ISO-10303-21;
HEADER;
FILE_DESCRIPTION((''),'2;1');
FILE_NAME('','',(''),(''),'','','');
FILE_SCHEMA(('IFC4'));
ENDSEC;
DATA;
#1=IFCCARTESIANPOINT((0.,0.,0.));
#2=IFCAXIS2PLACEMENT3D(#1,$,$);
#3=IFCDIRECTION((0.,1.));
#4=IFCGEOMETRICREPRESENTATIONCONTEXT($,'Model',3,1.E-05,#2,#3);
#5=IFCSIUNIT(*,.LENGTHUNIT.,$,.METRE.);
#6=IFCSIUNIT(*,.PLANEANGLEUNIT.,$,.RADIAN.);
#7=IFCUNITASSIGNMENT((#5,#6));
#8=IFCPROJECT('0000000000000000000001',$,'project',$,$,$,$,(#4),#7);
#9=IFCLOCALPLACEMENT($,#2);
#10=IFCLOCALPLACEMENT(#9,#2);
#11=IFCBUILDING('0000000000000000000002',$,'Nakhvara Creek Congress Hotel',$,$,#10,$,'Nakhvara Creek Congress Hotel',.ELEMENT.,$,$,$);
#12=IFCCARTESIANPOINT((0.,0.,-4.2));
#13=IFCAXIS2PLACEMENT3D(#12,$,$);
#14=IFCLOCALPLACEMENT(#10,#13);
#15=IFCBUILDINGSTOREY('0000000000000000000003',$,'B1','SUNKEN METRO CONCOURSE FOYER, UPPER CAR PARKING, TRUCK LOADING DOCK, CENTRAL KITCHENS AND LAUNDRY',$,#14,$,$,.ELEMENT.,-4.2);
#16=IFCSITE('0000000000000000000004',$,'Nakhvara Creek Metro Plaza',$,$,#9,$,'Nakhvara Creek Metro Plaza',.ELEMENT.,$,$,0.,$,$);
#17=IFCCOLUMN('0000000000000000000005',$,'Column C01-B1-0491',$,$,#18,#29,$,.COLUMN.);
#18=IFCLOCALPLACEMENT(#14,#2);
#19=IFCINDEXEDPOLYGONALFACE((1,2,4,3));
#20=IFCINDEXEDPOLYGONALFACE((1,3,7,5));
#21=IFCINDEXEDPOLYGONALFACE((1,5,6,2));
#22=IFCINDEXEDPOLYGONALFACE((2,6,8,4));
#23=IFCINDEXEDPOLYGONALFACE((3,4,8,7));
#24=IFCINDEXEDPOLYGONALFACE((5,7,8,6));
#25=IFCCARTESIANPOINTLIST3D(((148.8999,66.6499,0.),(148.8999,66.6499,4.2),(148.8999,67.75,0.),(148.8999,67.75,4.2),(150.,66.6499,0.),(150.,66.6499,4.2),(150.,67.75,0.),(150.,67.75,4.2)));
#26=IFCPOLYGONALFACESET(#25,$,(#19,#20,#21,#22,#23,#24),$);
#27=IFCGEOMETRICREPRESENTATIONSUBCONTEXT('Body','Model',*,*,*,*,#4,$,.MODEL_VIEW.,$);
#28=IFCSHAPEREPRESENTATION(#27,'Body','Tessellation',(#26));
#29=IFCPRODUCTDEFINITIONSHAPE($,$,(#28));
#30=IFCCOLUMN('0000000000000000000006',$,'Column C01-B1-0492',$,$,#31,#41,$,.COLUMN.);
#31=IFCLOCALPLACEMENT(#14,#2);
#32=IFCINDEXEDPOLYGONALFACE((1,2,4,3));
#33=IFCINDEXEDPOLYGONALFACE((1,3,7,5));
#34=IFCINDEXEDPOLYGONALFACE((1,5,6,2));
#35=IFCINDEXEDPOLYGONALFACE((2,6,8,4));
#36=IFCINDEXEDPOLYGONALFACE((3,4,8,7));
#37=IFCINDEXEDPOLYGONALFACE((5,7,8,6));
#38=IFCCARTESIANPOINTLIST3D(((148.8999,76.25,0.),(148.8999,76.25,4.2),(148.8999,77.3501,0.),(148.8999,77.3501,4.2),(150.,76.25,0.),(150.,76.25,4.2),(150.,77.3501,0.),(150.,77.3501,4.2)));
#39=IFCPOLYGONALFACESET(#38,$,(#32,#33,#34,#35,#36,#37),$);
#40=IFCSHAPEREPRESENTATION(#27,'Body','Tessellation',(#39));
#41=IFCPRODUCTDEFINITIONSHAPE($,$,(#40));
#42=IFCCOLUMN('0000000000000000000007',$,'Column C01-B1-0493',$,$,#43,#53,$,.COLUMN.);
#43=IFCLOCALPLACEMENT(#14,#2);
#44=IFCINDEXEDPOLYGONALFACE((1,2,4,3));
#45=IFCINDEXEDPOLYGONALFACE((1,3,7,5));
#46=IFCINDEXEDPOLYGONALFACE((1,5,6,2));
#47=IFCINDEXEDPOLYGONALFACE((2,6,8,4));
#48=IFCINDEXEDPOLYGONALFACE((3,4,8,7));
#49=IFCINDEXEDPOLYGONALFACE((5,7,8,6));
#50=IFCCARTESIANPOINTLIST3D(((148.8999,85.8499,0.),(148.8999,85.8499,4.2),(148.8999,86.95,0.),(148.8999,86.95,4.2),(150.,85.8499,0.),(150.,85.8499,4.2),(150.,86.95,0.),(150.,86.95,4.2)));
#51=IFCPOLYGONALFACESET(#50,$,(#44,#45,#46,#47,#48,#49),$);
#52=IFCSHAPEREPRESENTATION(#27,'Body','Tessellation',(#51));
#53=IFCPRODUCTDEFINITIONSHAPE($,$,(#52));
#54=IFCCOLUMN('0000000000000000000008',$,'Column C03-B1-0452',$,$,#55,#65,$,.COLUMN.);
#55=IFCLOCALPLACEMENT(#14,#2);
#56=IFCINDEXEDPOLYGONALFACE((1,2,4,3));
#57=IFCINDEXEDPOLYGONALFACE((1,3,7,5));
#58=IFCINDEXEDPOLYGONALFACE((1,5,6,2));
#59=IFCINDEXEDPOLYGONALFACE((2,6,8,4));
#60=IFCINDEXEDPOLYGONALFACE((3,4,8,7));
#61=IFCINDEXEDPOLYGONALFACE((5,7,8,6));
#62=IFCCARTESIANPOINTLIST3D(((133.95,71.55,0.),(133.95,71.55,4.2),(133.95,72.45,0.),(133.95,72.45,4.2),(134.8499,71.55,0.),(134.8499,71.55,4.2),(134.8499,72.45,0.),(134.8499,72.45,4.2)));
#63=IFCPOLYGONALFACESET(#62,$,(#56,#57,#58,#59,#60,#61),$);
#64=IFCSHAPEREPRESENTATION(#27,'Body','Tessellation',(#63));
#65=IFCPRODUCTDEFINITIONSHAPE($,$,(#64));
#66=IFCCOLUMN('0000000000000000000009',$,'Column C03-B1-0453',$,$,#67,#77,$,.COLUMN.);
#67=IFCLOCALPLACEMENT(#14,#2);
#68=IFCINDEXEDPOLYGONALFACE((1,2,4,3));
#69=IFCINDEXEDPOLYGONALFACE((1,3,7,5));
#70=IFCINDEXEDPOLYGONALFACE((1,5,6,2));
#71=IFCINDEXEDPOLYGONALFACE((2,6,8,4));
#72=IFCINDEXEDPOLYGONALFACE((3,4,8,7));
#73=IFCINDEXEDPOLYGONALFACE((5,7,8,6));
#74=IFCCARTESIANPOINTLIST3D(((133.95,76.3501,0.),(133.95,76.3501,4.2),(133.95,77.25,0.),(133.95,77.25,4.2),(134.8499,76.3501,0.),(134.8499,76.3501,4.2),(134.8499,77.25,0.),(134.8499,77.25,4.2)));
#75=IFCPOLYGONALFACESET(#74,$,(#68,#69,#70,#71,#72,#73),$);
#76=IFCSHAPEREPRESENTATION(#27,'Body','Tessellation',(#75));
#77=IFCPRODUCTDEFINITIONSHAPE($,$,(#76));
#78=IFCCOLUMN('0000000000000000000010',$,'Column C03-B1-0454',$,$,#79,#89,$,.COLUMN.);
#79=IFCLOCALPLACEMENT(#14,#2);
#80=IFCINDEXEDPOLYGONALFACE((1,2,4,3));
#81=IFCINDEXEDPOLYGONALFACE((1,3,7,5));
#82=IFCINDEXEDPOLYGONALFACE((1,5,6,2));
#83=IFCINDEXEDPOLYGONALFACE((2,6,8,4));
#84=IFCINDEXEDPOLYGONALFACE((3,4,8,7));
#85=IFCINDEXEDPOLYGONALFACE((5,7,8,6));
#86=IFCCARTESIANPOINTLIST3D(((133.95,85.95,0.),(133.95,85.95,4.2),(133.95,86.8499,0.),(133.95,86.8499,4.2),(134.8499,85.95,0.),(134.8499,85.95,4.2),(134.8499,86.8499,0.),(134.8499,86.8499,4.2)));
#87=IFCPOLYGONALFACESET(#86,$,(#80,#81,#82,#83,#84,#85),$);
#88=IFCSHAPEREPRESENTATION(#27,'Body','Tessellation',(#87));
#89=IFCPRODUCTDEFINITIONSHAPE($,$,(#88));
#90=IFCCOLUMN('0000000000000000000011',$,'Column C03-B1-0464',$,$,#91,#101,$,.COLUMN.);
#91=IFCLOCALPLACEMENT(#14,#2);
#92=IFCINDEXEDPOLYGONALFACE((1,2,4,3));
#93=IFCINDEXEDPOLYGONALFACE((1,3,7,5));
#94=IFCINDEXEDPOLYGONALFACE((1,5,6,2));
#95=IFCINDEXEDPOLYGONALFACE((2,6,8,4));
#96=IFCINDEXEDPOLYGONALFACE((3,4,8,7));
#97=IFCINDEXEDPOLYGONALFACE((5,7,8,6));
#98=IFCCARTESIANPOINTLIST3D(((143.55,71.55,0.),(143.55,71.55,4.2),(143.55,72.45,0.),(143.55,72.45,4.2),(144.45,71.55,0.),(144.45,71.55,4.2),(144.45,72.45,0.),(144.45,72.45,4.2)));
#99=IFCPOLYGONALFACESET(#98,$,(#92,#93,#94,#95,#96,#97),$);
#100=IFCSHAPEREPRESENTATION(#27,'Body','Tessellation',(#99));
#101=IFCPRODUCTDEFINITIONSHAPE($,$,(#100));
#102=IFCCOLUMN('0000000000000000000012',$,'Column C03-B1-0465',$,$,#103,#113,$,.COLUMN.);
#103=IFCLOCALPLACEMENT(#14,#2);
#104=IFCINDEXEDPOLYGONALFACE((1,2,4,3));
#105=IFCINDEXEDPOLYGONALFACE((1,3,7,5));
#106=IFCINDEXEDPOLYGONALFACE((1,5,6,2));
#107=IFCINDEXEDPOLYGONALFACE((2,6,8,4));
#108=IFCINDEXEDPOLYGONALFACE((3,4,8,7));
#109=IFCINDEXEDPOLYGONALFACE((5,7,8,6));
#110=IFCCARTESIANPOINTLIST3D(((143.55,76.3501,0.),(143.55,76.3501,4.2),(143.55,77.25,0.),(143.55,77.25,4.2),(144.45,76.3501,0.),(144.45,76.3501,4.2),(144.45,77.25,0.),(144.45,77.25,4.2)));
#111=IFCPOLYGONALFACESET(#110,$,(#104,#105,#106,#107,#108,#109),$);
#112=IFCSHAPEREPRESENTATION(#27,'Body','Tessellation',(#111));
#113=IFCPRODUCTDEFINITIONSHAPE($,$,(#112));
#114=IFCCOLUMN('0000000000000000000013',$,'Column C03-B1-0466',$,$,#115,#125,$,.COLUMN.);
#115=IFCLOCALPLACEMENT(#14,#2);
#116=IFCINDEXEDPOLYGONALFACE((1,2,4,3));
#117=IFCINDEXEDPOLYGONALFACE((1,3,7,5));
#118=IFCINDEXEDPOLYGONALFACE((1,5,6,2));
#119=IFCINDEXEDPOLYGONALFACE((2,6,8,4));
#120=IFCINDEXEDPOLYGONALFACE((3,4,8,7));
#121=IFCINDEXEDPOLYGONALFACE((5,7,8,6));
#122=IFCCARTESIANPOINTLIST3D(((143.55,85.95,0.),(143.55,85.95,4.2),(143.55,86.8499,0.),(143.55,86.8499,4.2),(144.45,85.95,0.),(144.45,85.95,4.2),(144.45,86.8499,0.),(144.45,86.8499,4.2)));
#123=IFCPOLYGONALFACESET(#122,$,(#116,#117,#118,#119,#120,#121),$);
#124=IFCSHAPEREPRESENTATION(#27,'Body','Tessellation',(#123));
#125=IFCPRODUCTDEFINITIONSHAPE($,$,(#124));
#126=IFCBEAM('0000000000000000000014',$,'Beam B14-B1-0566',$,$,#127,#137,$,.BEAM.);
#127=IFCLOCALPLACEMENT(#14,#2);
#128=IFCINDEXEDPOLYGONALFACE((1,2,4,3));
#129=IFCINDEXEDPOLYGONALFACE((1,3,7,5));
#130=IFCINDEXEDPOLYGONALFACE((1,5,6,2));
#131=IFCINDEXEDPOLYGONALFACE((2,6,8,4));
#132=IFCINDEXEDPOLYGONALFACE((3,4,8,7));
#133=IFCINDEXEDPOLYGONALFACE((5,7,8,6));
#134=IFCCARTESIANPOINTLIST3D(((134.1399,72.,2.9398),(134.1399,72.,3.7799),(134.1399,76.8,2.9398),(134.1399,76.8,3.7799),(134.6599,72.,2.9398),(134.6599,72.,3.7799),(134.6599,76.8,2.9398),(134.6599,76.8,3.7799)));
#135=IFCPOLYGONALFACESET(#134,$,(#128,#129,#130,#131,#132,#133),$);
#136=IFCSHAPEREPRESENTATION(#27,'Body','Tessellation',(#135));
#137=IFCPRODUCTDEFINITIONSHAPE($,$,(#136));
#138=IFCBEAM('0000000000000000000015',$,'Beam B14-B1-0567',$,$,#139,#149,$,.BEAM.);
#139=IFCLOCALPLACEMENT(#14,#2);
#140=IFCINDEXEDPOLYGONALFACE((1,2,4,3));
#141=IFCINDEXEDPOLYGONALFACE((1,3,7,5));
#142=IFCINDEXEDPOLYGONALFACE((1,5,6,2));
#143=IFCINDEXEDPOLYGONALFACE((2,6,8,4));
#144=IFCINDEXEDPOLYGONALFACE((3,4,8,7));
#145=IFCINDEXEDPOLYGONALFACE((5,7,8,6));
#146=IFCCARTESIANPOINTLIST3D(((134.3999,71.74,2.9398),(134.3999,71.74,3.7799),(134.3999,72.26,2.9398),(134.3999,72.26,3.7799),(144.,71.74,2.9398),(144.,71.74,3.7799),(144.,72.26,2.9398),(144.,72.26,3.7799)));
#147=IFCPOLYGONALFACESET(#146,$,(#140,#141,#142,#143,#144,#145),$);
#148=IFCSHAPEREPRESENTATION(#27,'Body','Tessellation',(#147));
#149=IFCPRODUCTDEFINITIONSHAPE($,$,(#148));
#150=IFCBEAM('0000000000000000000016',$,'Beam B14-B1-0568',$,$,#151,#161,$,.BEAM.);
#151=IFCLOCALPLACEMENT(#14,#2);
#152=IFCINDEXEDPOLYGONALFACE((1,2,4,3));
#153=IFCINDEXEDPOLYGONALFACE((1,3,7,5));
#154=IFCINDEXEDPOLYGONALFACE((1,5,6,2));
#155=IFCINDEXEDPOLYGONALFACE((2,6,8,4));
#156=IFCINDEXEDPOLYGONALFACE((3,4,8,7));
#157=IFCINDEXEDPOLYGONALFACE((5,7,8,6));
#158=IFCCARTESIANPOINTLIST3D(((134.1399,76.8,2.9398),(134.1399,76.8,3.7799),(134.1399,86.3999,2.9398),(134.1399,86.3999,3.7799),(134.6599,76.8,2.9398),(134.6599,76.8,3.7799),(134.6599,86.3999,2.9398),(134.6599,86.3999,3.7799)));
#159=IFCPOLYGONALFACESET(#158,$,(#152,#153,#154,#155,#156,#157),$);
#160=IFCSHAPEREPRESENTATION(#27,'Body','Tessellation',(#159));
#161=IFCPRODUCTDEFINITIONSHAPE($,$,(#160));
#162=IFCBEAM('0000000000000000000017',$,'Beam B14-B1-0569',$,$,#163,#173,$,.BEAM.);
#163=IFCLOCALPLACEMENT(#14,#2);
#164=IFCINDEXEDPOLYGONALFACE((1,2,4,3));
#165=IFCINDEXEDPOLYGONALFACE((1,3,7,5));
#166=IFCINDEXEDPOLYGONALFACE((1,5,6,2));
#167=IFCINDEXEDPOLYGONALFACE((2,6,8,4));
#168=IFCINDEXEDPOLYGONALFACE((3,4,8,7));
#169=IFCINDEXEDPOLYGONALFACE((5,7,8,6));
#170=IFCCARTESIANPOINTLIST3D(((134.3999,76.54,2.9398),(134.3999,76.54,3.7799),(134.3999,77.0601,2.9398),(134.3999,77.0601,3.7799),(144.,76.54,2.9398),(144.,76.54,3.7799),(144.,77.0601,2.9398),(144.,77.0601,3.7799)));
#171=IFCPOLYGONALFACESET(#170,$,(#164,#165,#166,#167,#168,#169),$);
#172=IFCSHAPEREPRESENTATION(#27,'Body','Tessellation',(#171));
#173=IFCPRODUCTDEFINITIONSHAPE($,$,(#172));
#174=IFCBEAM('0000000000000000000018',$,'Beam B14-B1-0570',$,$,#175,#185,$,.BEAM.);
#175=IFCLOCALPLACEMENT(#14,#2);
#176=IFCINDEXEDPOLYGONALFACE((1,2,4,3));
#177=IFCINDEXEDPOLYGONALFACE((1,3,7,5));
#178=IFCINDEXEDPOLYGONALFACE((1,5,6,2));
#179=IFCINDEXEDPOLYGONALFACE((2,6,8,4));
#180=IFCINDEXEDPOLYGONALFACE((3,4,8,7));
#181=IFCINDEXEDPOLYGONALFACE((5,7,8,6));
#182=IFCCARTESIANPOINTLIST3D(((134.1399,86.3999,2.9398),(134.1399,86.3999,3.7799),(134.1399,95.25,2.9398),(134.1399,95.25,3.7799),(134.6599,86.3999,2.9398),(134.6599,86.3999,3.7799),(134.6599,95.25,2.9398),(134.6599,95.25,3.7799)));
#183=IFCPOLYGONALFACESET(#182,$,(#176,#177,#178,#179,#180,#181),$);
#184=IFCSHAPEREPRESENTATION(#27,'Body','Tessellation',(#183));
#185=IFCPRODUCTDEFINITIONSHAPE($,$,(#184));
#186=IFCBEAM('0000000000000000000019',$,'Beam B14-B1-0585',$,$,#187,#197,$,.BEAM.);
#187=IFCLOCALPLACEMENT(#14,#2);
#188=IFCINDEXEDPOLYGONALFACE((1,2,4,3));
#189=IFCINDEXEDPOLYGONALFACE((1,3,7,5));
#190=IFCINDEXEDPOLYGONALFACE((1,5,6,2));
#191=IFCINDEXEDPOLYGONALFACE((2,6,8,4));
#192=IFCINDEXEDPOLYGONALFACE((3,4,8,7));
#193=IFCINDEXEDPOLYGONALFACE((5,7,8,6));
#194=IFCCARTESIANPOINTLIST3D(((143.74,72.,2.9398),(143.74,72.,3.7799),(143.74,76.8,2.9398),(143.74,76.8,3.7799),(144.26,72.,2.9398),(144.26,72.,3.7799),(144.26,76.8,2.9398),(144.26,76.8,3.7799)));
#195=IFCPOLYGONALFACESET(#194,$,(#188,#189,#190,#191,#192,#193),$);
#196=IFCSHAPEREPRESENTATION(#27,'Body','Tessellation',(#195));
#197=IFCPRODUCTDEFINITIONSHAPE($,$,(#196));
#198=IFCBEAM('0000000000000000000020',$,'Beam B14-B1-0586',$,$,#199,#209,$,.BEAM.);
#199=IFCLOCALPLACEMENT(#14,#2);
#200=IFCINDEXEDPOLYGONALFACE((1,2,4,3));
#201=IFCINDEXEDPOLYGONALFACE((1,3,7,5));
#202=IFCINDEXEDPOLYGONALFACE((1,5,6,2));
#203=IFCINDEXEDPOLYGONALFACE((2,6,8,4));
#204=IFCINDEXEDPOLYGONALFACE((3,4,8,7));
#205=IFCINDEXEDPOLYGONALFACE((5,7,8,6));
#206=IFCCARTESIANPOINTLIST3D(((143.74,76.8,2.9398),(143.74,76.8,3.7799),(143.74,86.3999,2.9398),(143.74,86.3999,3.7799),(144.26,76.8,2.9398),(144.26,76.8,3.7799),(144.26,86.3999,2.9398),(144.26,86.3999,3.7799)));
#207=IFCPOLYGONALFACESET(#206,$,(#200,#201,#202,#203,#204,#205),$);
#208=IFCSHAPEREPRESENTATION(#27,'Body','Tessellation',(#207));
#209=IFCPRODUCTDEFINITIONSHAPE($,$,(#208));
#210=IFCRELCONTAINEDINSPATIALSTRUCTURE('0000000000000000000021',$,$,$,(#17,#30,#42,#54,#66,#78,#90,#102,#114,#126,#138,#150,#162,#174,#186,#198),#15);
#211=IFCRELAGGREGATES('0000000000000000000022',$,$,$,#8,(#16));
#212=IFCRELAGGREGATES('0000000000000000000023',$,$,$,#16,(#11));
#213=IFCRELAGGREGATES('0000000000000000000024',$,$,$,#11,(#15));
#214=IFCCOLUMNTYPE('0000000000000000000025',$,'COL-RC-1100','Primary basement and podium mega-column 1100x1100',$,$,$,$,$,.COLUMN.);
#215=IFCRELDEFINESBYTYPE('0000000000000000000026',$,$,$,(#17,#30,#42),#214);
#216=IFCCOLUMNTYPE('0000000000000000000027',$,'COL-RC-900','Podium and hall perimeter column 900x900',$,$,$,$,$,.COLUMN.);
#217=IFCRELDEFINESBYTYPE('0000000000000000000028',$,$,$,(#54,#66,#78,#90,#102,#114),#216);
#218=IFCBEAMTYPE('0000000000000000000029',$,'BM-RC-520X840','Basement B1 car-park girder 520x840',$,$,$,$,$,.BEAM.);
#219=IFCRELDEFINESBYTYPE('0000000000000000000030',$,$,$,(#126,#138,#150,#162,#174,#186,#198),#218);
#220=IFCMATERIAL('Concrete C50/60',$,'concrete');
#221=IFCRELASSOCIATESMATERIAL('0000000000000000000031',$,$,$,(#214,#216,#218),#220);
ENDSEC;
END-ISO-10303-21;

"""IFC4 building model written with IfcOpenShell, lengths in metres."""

from ifc_helpers import new_model, si_unit, direction, frame, origin, origin_2d, place, context, subcontext, project, spatial, rectangle, extrude, material, material_profile, profile_set, type_object, element, save


model = new_model("IFC4")

# Units and contexts
model_context = context("Model", 3, precision=1e-05, world=origin(), true_north=direction((0.0, 1.0)))
body_context = subcontext(model_context, "Body", "Model", "MODEL_VIEW")
ifc_project = project(units=[si_unit("LENGTHUNIT", "METRE"), si_unit("PLANEANGLEUNIT", "RADIAN")], contexts=[model_context])

# Site, building, storey
site_placement = place(None, origin())
site = spatial("IfcSite", under=ifc_project, at=site_placement, Name="Nakhvara Creek Metro Plaza", LongName="Nakhvara Creek Metro Plaza", CompositionType="ELEMENT", RefElevation=0.0)
building_placement = place(site_placement, origin())
building = spatial("IfcBuilding", under=site, at=building_placement, Name="Nakhvara Creek Congress Hotel", LongName="Nakhvara Creek Congress Hotel", CompositionType="ELEMENT")
storey_placement = place(building_placement, frame((0.0, 0.0, -4.2)))
storey = spatial("IfcBuildingStorey", under=building, at=storey_placement, Name="B1", Description="SUNKEN METRO CONCOURSE FOYER, UPPER CAR PARKING, TRUCK LOADING DOCK, CENTRAL KITCHENS AND LAUNDRY", CompositionType="ELEMENT", Elevation=-4.2)

# Columns
ifc_material_1 = material(Name="Concrete C50/60", Category="concrete")
ifc_material_profile_1 = material_profile(ifc_material_1, rectangle(XDim=1.1001, YDim=1.1001, at=origin_2d()), Name="RC-COL 1100x1100", Category="LoadBearing")
ifc_profile_set_1 = profile_set([ifc_material_profile_1], Name="Concrete C50/60")
column_type_1 = type_object("IfcColumnType", Name="COL-RC-1100", Description="Primary basement and podium mega-column 1100x1100", PredefinedType="COLUMN", material=ifc_profile_set_1)
for number, where, z_axis, x_axis, name in (
    (1, (149.45, 67.2, 0.0), (0.0, 0.0, 1.0), (1.0, 0.0, 0.0), "Column C01-B1-0491"),
    (2, (149.45, 76.8, 0.0), (0.0, 0.0, 1.0), (1.0, 0.0, 0.0), "Column C01-B1-0492"),
    (3, (149.45, 86.3999, 0.0), (0.0, 0.0, 1.0), (1.0, 0.0, 0.0), "Column C01-B1-0493"),
):
    element("IfcColumn", number, at=place(storey_placement, frame(where, z_axis=z_axis, x_axis=x_axis)), inside=storey, type_object=column_type_1, Name=name, PredefinedType="COLUMN", context=body_context, shape_type="SweptSolid", body=[
        extrude(rectangle(XDim=1.1001, YDim=1.1001, at=origin_2d()), origin(), (0.0, 0.0, 1.0), 4.2),
    ])
ifc_material_profile_2 = material_profile(ifc_material_1, rectangle(XDim=0.8999, YDim=0.8999, at=origin_2d()), Name="RC-COL 900x900", Category="LoadBearing")
ifc_profile_set_2 = profile_set([ifc_material_profile_2], Name="Concrete C50/60")
column_type_2 = type_object("IfcColumnType", Name="COL-RC-900", Description="Podium and hall perimeter column 900x900", PredefinedType="COLUMN", material=ifc_profile_set_2)
for number, where, z_axis, x_axis, name in (
    (4, (134.3999, 72.0, 0.0), (0.0, 0.0, 1.0), (1.0, 0.0, 0.0), "Column C03-B1-0452"),
    (5, (134.3999, 76.8, 0.0), (0.0, 0.0, 1.0), (1.0, 0.0, 0.0), "Column C03-B1-0453"),
    (6, (134.3999, 86.3999, 0.0), (0.0, 0.0, 1.0), (1.0, 0.0, 0.0), "Column C03-B1-0454"),
    (7, (144.0, 72.0, 0.0), (0.0, 0.0, 1.0), (1.0, 0.0, 0.0), "Column C03-B1-0464"),
    (8, (144.0, 76.8, 0.0), (0.0, 0.0, 1.0), (1.0, 0.0, 0.0), "Column C03-B1-0465"),
    (9, (144.0, 86.3999, 0.0), (0.0, 0.0, 1.0), (1.0, 0.0, 0.0), "Column C03-B1-0466"),
):
    element("IfcColumn", number, at=place(storey_placement, frame(where, z_axis=z_axis, x_axis=x_axis)), inside=storey, type_object=column_type_2, Name=name, PredefinedType="COLUMN", context=body_context, shape_type="SweptSolid", body=[
        extrude(rectangle(XDim=0.8999, YDim=0.8999, at=origin_2d()), origin(), (0.0, 0.0, 1.0), 4.2),
    ])

# Beams
ifc_material_profile_3 = material_profile(ifc_material_1, rectangle(XDim=0.52, YDim=0.8401, at=origin_2d()), Name="RC-BM 520x840", Category="LoadBearing")
ifc_profile_set_3 = profile_set([ifc_material_profile_3], Name="Concrete C50/60")
beam_type = type_object("IfcBeamType", Name="BM-RC-520X840", Description="Basement B1 car-park girder 520x840", PredefinedType="BEAM", material=ifc_profile_set_3)
beam_1_placement = place(storey_placement, frame((134.3999, 72.0, 3.3599), z_axis=(0.0, 1.0, 0.0), x_axis=(-1.0, 0.0, 0.0)))
element("IfcBeam", 10, at=beam_1_placement, inside=storey, type_object=beam_type, Name="Beam B14-B1-0566", PredefinedType="BEAM", context=body_context, shape_type="SweptSolid", body=[
    extrude(rectangle(XDim=0.52, YDim=0.8401, at=origin_2d()), origin(), (0.0, 0.0, 1.0), 4.8),
])
beam_2_placement = place(storey_placement, frame((134.3999, 72.0, 3.3599), z_axis=(1.0, 0.0, 0.0), x_axis=(0.0, 1.0, 0.0)))
element("IfcBeam", 11, at=beam_2_placement, inside=storey, type_object=beam_type, Name="Beam B14-B1-0567", PredefinedType="BEAM", context=body_context, shape_type="SweptSolid", body=[
    extrude(rectangle(XDim=0.52, YDim=0.8401, at=origin_2d()), origin(), (0.0, 0.0, 1.0), 9.6001),
])
beam_3_placement = place(storey_placement, frame((134.3999, 76.8, 3.3599), z_axis=(0.0, 1.0, 0.0), x_axis=(-1.0, 0.0, 0.0)))
element("IfcBeam", 12, at=beam_3_placement, inside=storey, type_object=beam_type, Name="Beam B14-B1-0568", PredefinedType="BEAM", context=body_context, shape_type="SweptSolid", body=[
    extrude(rectangle(XDim=0.52, YDim=0.8401, at=origin_2d()), origin(), (0.0, 0.0, 1.0), 9.5999),
])
beam_4_placement = place(storey_placement, frame((134.3999, 76.8, 3.3599), z_axis=(1.0, 0.0, 0.0), x_axis=(0.0, 1.0, 0.0)))
element("IfcBeam", 13, at=beam_4_placement, inside=storey, type_object=beam_type, Name="Beam B14-B1-0569", PredefinedType="BEAM", context=body_context, shape_type="SweptSolid", body=[
    extrude(rectangle(XDim=0.52, YDim=0.8401, at=origin_2d()), origin(), (0.0, 0.0, 1.0), 9.6001),
])
beam_5_placement = place(storey_placement, frame((134.3999, 86.3999, 3.3599), z_axis=(0.0, 1.0, 0.0), x_axis=(-1.0, 0.0, 0.0)))
element("IfcBeam", 14, at=beam_5_placement, inside=storey, type_object=beam_type, Name="Beam B14-B1-0570", PredefinedType="BEAM", context=body_context, shape_type="SweptSolid", body=[
    extrude(rectangle(XDim=0.52, YDim=0.8401, at=origin_2d()), origin(), (0.0, 0.0, 1.0), 8.8501),
])
beam_6_placement = place(storey_placement, frame((144.0, 72.0, 3.3599), z_axis=(0.0, 1.0, 0.0), x_axis=(-1.0, 0.0, 0.0)))
element("IfcBeam", 15, at=beam_6_placement, inside=storey, type_object=beam_type, Name="Beam B14-B1-0585", PredefinedType="BEAM", context=body_context, shape_type="SweptSolid", body=[
    extrude(rectangle(XDim=0.52, YDim=0.8401, at=origin_2d()), origin(), (0.0, 0.0, 1.0), 4.8),
])
beam_7_placement = place(storey_placement, frame((144.0, 76.8, 3.3599), z_axis=(0.0, 1.0, 0.0), x_axis=(-1.0, 0.0, 0.0)))
element("IfcBeam", 16, at=beam_7_placement, inside=storey, type_object=beam_type, Name="Beam B14-B1-0586", PredefinedType="BEAM", context=body_context, shape_type="SweptSolid", body=[
    extrude(rectangle(XDim=0.52, YDim=0.8401, at=origin_2d()), origin(), (0.0, 0.0, 1.0), 9.5999),
])

save(model, "model.ifc")
